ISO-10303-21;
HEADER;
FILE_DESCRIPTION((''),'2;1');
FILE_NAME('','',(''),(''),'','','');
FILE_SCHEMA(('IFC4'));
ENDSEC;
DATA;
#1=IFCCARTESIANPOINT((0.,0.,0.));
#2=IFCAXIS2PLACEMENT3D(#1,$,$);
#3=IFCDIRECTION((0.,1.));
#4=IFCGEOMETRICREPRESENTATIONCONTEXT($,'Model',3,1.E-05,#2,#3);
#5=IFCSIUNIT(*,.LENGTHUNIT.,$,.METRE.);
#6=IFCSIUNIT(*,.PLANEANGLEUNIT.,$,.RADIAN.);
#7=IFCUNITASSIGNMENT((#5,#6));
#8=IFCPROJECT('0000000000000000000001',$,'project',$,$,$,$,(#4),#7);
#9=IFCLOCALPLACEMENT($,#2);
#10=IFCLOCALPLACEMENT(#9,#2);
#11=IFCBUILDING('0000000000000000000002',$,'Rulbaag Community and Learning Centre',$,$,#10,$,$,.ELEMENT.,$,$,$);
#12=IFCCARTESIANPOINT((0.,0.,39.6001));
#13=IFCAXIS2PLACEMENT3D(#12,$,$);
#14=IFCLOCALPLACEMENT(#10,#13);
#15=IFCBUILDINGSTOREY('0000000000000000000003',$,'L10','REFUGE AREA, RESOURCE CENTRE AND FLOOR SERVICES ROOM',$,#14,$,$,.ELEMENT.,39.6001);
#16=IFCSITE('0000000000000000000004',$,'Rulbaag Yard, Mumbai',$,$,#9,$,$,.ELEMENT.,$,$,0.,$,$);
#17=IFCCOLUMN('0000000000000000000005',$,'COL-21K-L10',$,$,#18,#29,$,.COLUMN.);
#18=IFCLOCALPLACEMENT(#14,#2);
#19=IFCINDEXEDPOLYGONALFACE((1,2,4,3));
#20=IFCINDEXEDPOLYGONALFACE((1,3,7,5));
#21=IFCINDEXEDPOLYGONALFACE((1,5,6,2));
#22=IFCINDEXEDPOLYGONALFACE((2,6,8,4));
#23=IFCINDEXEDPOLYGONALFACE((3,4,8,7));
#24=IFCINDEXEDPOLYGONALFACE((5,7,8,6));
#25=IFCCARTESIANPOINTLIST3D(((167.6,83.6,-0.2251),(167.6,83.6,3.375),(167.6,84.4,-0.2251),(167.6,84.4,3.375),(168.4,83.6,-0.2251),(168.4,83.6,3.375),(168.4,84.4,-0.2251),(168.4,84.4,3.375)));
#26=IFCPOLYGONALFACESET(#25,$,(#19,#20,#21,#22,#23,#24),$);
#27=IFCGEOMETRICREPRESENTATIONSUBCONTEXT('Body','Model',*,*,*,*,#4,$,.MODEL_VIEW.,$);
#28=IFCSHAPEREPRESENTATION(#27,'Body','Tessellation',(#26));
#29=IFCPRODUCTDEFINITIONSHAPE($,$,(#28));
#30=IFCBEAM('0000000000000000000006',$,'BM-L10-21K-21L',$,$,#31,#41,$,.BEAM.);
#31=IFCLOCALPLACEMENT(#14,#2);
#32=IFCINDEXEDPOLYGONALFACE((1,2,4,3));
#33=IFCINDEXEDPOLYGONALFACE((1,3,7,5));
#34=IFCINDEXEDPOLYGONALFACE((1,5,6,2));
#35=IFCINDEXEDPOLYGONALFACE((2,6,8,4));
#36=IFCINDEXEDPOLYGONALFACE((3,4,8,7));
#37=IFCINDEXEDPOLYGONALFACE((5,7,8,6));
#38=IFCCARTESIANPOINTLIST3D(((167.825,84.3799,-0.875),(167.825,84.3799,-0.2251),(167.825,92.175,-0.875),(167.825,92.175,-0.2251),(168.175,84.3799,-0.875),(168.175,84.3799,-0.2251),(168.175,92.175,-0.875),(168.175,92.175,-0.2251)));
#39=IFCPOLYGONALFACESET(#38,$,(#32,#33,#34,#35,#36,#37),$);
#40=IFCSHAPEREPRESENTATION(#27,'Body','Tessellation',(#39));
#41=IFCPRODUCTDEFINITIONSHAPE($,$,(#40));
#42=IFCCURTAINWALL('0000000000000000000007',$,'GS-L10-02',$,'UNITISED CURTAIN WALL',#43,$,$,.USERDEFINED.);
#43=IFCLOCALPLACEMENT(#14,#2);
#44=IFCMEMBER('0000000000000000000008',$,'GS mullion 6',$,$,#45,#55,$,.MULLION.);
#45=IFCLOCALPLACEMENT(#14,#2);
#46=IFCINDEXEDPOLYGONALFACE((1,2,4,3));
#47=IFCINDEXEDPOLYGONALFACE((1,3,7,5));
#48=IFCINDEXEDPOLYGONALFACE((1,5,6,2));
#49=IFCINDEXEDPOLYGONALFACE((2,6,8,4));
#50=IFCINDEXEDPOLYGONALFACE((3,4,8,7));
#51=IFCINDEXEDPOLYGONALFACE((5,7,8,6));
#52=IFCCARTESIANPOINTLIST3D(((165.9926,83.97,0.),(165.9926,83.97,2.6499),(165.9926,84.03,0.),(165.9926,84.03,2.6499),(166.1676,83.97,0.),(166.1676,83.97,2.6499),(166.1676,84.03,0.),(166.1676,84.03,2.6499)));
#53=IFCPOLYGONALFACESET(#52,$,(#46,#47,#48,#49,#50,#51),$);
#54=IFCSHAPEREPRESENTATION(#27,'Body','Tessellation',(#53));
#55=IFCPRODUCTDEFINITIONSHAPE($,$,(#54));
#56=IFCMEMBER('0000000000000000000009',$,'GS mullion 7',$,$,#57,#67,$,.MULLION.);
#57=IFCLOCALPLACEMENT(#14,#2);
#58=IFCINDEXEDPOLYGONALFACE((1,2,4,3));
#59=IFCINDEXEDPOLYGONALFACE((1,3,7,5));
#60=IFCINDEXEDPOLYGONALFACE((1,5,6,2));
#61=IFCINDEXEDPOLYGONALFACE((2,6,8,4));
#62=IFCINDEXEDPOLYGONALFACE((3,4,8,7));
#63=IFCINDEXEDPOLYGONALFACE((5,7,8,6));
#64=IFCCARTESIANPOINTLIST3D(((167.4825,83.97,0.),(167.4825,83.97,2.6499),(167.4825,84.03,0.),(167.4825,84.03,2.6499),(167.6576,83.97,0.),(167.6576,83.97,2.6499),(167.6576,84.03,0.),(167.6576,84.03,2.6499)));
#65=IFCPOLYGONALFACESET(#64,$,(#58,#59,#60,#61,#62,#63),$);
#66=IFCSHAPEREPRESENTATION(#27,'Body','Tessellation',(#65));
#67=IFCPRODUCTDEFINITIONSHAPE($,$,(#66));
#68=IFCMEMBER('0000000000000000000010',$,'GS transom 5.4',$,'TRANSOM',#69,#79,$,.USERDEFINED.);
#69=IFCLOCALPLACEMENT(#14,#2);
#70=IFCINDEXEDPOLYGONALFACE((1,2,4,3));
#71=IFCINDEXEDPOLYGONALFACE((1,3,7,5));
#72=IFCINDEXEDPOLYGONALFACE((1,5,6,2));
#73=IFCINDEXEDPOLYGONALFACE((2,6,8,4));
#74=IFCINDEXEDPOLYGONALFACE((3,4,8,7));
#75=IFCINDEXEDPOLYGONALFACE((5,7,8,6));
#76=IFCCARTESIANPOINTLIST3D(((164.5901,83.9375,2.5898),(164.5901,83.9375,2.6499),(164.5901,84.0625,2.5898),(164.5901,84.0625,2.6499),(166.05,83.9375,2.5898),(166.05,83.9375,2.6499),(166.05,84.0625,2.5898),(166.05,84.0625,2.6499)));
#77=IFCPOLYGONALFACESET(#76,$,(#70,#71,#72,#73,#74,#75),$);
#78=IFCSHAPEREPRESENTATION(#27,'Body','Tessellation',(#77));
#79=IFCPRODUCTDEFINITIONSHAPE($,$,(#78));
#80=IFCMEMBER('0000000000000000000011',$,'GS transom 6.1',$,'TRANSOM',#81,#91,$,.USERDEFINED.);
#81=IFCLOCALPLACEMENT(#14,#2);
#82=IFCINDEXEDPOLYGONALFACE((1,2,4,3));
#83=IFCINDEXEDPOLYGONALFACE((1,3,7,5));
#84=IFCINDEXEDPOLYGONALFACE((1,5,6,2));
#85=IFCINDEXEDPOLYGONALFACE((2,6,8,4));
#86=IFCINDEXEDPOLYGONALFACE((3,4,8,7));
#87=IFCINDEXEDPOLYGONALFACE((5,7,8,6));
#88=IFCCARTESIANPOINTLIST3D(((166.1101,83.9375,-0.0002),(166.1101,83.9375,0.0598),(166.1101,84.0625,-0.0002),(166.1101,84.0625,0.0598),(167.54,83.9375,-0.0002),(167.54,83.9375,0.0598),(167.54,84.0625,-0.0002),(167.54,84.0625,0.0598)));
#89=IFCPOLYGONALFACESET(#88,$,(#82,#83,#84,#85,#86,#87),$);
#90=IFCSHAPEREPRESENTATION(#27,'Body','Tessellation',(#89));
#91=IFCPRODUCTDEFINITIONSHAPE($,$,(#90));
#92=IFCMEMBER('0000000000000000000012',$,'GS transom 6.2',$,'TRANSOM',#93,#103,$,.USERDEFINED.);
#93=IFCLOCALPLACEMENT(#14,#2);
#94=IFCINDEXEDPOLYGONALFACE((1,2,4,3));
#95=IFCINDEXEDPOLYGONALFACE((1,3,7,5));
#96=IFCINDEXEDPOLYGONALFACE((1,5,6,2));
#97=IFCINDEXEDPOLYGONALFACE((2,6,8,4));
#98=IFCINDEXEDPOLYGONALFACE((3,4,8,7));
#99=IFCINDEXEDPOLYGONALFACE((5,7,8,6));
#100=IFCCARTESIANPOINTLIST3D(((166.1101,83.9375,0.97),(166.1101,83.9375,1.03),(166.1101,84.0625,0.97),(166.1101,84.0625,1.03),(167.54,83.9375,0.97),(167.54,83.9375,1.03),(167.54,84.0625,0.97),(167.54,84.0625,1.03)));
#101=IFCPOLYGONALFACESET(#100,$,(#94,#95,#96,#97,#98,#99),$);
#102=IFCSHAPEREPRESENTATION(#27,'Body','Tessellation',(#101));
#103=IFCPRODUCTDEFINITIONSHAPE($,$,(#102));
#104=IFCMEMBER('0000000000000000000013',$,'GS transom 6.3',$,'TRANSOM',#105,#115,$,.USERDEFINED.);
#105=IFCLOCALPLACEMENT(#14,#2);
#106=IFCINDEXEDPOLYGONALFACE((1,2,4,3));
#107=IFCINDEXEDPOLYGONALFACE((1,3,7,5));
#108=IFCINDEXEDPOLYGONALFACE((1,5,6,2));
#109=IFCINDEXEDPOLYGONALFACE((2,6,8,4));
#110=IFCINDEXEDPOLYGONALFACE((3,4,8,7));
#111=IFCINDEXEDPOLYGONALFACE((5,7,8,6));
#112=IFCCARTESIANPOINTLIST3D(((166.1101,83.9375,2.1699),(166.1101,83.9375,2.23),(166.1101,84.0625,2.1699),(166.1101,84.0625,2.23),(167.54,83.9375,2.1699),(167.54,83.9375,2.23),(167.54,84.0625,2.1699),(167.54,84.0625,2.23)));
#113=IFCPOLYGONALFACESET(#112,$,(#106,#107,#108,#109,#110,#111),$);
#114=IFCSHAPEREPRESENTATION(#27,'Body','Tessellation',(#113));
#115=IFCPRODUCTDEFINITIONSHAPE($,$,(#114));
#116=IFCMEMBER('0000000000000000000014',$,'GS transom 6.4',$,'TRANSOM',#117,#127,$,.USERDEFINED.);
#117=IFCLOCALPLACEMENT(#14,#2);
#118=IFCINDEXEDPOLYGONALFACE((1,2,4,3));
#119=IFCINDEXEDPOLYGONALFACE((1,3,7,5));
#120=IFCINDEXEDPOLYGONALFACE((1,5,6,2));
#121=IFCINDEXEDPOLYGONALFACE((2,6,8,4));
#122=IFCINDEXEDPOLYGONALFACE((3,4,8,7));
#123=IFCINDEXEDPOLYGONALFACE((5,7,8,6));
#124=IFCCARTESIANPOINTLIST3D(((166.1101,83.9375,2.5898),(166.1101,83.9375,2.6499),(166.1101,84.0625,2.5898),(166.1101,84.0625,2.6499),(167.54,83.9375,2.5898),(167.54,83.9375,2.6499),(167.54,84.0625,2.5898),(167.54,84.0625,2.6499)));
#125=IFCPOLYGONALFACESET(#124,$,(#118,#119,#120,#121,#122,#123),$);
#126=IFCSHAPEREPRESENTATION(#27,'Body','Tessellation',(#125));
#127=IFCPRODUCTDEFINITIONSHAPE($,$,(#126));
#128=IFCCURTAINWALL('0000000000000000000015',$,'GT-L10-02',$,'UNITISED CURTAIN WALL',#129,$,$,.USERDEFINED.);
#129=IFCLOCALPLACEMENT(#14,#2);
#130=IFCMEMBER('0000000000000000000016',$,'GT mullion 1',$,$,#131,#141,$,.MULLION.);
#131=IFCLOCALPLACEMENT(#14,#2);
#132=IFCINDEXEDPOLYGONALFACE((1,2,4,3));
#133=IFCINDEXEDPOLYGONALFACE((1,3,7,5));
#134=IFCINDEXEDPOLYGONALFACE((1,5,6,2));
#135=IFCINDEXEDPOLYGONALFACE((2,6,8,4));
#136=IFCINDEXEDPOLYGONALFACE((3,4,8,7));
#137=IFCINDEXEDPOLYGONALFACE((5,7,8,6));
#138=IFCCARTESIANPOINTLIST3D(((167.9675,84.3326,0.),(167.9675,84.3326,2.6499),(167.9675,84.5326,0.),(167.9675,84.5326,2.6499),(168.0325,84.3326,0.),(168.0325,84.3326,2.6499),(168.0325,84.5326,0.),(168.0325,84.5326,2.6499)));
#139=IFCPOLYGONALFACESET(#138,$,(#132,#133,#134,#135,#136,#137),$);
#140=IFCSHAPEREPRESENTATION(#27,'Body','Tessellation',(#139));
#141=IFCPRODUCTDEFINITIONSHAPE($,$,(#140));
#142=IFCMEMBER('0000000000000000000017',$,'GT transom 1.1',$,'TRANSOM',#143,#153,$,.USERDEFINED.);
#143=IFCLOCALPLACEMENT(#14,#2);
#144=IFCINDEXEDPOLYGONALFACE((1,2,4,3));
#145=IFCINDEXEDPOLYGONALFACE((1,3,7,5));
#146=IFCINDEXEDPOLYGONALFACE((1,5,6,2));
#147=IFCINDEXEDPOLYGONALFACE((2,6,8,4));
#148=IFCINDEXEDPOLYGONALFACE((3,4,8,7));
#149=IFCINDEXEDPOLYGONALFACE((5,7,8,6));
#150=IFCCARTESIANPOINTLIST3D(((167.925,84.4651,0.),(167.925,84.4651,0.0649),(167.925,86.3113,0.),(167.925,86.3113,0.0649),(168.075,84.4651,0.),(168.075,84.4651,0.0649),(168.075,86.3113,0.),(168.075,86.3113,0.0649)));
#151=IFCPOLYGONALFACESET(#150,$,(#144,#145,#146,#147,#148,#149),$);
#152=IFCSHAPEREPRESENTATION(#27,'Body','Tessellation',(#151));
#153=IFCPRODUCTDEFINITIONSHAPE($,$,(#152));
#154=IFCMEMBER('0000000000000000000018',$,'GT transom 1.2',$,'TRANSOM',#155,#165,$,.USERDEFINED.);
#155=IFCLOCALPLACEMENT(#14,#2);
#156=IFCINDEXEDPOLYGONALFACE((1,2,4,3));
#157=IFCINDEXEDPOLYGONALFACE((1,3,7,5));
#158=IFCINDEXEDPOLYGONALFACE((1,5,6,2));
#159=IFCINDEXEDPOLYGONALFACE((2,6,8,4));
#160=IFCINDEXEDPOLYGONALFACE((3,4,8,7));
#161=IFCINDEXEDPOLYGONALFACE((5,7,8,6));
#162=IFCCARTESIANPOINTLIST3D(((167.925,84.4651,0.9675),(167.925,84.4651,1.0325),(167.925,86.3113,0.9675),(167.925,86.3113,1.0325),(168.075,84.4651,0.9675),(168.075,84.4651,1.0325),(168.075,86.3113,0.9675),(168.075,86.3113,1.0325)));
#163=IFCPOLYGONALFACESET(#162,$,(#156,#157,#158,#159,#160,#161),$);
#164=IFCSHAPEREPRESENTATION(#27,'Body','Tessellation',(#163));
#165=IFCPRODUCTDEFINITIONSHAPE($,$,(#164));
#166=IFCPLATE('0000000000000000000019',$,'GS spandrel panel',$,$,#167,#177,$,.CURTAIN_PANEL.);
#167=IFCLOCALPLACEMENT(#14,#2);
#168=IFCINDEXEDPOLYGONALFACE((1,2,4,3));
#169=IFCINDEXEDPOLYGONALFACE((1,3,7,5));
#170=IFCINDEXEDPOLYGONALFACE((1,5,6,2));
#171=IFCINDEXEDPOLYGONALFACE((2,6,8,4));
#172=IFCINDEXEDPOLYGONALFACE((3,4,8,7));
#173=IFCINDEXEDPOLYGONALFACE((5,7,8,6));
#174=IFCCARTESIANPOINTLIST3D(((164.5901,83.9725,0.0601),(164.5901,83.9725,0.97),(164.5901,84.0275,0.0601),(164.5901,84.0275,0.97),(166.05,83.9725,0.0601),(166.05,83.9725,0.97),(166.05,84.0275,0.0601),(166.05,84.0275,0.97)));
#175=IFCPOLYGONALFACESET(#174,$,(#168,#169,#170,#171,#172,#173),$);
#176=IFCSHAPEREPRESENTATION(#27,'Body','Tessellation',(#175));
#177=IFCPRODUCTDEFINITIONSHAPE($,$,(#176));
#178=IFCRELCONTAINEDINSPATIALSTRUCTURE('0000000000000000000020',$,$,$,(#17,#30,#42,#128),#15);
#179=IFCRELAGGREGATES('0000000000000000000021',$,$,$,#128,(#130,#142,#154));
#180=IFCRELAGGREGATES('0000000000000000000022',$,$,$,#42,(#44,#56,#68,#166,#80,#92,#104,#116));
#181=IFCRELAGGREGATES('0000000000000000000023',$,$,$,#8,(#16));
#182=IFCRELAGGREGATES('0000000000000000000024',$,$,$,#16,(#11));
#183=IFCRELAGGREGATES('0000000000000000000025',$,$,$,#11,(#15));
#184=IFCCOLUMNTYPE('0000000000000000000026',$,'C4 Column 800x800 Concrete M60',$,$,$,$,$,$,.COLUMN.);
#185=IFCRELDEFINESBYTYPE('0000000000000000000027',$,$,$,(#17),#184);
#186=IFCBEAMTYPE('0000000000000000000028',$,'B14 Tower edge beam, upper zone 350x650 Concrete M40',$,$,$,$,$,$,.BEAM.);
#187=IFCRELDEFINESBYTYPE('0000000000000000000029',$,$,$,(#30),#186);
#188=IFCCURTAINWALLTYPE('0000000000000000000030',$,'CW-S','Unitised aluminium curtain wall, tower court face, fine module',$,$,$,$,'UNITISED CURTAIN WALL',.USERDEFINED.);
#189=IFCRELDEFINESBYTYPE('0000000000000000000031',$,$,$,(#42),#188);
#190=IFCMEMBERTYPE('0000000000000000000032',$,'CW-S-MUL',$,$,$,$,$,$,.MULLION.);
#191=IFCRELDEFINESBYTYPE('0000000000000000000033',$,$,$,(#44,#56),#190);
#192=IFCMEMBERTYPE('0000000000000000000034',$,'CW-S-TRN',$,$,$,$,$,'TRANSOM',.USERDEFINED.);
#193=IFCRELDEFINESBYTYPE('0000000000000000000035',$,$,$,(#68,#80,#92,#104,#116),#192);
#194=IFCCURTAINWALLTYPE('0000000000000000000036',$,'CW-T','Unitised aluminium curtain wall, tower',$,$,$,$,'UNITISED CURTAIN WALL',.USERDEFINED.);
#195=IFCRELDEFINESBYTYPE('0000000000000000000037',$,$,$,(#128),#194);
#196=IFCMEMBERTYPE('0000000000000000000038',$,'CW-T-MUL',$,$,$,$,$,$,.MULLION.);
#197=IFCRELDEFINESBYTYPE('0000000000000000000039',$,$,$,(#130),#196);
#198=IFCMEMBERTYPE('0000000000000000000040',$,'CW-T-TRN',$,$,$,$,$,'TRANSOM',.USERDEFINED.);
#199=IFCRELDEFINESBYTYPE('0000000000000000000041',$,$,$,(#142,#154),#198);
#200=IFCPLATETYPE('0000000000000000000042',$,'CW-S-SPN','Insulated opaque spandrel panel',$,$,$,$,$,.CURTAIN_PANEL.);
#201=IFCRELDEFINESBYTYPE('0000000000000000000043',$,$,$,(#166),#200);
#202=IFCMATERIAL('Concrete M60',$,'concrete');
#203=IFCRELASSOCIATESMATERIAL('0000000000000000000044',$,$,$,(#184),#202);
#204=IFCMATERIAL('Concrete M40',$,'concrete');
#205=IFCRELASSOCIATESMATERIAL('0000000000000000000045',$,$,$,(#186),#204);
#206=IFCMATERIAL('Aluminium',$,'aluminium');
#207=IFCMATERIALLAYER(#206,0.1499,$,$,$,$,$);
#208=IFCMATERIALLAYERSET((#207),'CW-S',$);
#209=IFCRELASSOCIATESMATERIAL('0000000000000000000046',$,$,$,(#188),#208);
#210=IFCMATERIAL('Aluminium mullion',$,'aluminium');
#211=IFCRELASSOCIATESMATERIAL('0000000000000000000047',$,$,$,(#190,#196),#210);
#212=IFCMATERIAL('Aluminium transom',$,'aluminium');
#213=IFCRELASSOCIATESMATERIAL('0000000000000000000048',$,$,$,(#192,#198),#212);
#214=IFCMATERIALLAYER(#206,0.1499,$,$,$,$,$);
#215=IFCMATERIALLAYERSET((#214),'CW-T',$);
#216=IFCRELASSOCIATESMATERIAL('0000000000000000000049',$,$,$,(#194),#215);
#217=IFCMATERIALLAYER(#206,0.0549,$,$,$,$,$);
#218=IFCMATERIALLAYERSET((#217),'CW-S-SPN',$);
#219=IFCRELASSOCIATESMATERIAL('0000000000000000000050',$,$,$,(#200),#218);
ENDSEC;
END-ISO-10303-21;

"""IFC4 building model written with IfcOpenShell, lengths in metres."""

from ifc_helpers import new_model, si_unit, direction, frame, origin, origin_2d, place, context, subcontext, project, spatial, rectangle, extrude, material, layer, layer_set, material_profile, profile_set, type_object, element, aggregate, save


model = new_model("IFC4")

# Units and contexts
model_context = context("Model", 3, precision=1e-05, world=origin(), true_north=direction((0.0, 1.0)))
body_context = subcontext(model_context, "Body", "Model", "MODEL_VIEW")
ifc_project = project(units=[si_unit("LENGTHUNIT", "METRE"), si_unit("PLANEANGLEUNIT", "RADIAN")], contexts=[model_context])

# Site, building, storey
site_placement = place(None, origin())
site = spatial("IfcSite", under=ifc_project, at=site_placement, Name="Rulbaag Yard, Mumbai", CompositionType="ELEMENT", RefElevation=0.0)
building_placement = place(site_placement, origin())
building = spatial("IfcBuilding", under=site, at=building_placement, Name="Rulbaag Community and Learning Centre", CompositionType="ELEMENT")
storey_placement = place(building_placement, frame((0.0, 0.0, 39.6001)))
storey = spatial("IfcBuildingStorey", under=building, at=storey_placement, Name="L10", Description="REFUGE AREA, RESOURCE CENTRE AND FLOOR SERVICES ROOM", CompositionType="ELEMENT", Elevation=39.6001)

# Column
ifc_material_1 = material(Name="Concrete M60", Category="concrete")
ifc_material_profile_1 = material_profile(ifc_material_1, rectangle(XDim=0.8, YDim=0.8, at=origin_2d()), Name="RC800x800")
ifc_profile_set_1 = profile_set([ifc_material_profile_1], Name="Concrete M60")
column_type = type_object("IfcColumnType", Name="C4 Column 800x800 Concrete M60", PredefinedType="COLUMN", material=ifc_profile_set_1)
column_placement = place(storey_placement, frame((168.0, 84.0, -0.2251), z_axis=(0.0, 0.0, 1.0), x_axis=(1.0, 0.0, 0.0)))
element("IfcColumn", 1, at=column_placement, inside=storey, type_object=column_type, Name="COL-21K-L10", PredefinedType="COLUMN", context=body_context, shape_type="SweptSolid", body=[
    extrude(rectangle(XDim=0.8, YDim=0.8, at=origin_2d()), origin(), (0.0, 0.0, 1.0), 3.6001),
])

# Beam
ifc_material_2 = material(Name="Concrete M40", Category="concrete")
ifc_material_profile_2 = material_profile(ifc_material_2, rectangle(XDim=0.3501, YDim=0.6499, at=origin_2d()), Name="RB350x650")
ifc_profile_set_2 = profile_set([ifc_material_profile_2], Name="Concrete M40")
beam_type = type_object("IfcBeamType", Name="B14 Tower edge beam, upper zone 350x650 Concrete M40", PredefinedType="BEAM", material=ifc_profile_set_2)
beam_placement = place(storey_placement, frame((168.0, 84.3799, -0.55), z_axis=(0.0, 1.0, 0.0), x_axis=(-1.0, 0.0, 0.0)))
element("IfcBeam", 2, at=beam_placement, inside=storey, type_object=beam_type, Name="BM-L10-21K-21L", PredefinedType="BEAM", context=body_context, shape_type="SweptSolid", body=[
    extrude(rectangle(XDim=0.3501, YDim=0.6499, at=origin_2d()), origin(), (0.0, 0.0, 1.0), 7.7952),
])

# Curtain walls, members
ifc_material_3 = material(Name="Aluminium", Category="aluminium")
ifc_layer_1 = layer(ifc_material_3, 0.1499)
ifc_layer_set_1 = layer_set([ifc_layer_1], Name="CW-S")
curtain_wall_type_1 = type_object("IfcCurtainWallType", Name="CW-S", Description="Unitised aluminium curtain wall, tower court face, fine module", ElementType="UNITISED CURTAIN WALL", PredefinedType="USERDEFINED", material=ifc_layer_set_1)
curtain_wall_1_placement = place(storey_placement, origin())
curtain_wall_1 = element("IfcCurtainWall", 3, at=curtain_wall_1_placement, inside=storey, type_object=curtain_wall_type_1, Name="GS-L10-02", ObjectType="UNITISED CURTAIN WALL", PredefinedType="USERDEFINED")
ifc_material_4 = material(Name="Aluminium mullion", Category="aluminium")
ifc_material_profile_3 = material_profile(ifc_material_4, rectangle(XDim=0.0601, YDim=0.175, at=origin_2d()), Name="AL 60x175")
ifc_profile_set_3 = profile_set([ifc_material_profile_3], Name="Aluminium mullion")
member_type_1 = type_object("IfcMemberType", Name="CW-S-MUL", PredefinedType="MULLION", material=ifc_profile_set_3)
member_1_placement = place(storey_placement, frame((166.0801, 84.0, 0.0), z_axis=(0.0, 0.0, 1.0), x_axis=(0.0, 1.0, 0.0)))
member_1 = element("IfcMember", 4, at=member_1_placement, type_object=member_type_1, Name="GS mullion 6", PredefinedType="MULLION", context=body_context, shape_type="SweptSolid", body=[
    extrude(rectangle(XDim=0.0601, YDim=0.175, at=origin_2d()), origin(), (0.0, 0.0, 1.0), 2.6499),
])
member_2_placement = place(storey_placement, frame((167.5701, 84.0, 0.0), z_axis=(0.0, 0.0, 1.0), x_axis=(0.0, 1.0, 0.0)))
member_2 = element("IfcMember", 5, at=member_2_placement, type_object=member_type_1, Name="GS mullion 7", PredefinedType="MULLION", context=body_context, shape_type="SweptSolid", body=[
    extrude(rectangle(XDim=0.0601, YDim=0.175, at=origin_2d()), origin(), (0.0, 0.0, 1.0), 2.6499),
])
ifc_material_5 = material(Name="Aluminium transom", Category="aluminium")
ifc_material_profile_4 = material_profile(ifc_material_5, rectangle(XDim=0.125, YDim=0.0601, at=origin_2d()), Name="AL 60x125 T")
ifc_profile_set_4 = profile_set([ifc_material_profile_4], Name="Aluminium transom")
member_type_2 = type_object("IfcMemberType", Name="CW-S-TRN", ElementType="TRANSOM", PredefinedType="USERDEFINED", material=ifc_profile_set_4)
member_3_placement = place(storey_placement, frame((164.5901, 84.0, 2.6199), z_axis=(1.0, 0.0, 0.0), x_axis=(0.0, 1.0, 0.0)))
member_3 = element("IfcMember", 6, at=member_3_placement, type_object=member_type_2, Name="GS transom 5.4", ObjectType="TRANSOM", PredefinedType="USERDEFINED", context=body_context, shape_type="SweptSolid", body=[
    extrude(rectangle(XDim=0.125, YDim=0.0601, at=origin_2d()), origin(), (0.0, 0.0, 1.0), 1.46),
])
member_4_placement = place(storey_placement, frame((166.1101, 84.0, 0.0298), z_axis=(1.0, 0.0, 0.0), x_axis=(0.0, 1.0, 0.0)))
member_4 = element("IfcMember", 7, at=member_4_placement, type_object=member_type_2, Name="GS transom 6.1", ObjectType="TRANSOM", PredefinedType="USERDEFINED", context=body_context, shape_type="SweptSolid", body=[
    extrude(rectangle(XDim=0.125, YDim=0.0601, at=origin_2d()), origin(), (0.0, 0.0, 1.0), 1.4299),
])
member_5_placement = place(storey_placement, frame((166.1101, 84.0, 1.0), z_axis=(1.0, 0.0, 0.0), x_axis=(0.0, 1.0, 0.0)))
member_5 = element("IfcMember", 8, at=member_5_placement, type_object=member_type_2, Name="GS transom 6.2", ObjectType="TRANSOM", PredefinedType="USERDEFINED", context=body_context, shape_type="SweptSolid", body=[
    extrude(rectangle(XDim=0.125, YDim=0.0601, at=origin_2d()), origin(), (0.0, 0.0, 1.0), 1.4299),
])
member_6_placement = place(storey_placement, frame((166.1101, 84.0, 2.2), z_axis=(1.0, 0.0, 0.0), x_axis=(0.0, 1.0, 0.0)))
member_6 = element("IfcMember", 9, at=member_6_placement, type_object=member_type_2, Name="GS transom 6.3", ObjectType="TRANSOM", PredefinedType="USERDEFINED", context=body_context, shape_type="SweptSolid", body=[
    extrude(rectangle(XDim=0.125, YDim=0.0601, at=origin_2d()), origin(), (0.0, 0.0, 1.0), 1.4299),
])
member_7_placement = place(storey_placement, frame((166.1101, 84.0, 2.6199), z_axis=(1.0, 0.0, 0.0), x_axis=(0.0, 1.0, 0.0)))
member_7 = element("IfcMember", 10, at=member_7_placement, type_object=member_type_2, Name="GS transom 6.4", ObjectType="TRANSOM", PredefinedType="USERDEFINED", context=body_context, shape_type="SweptSolid", body=[
    extrude(rectangle(XDim=0.125, YDim=0.0601, at=origin_2d()), origin(), (0.0, 0.0, 1.0), 1.4299),
])
ifc_layer_2 = layer(ifc_material_3, 0.1499)
ifc_layer_set_2 = layer_set([ifc_layer_2], Name="CW-T")
curtain_wall_type_2 = type_object("IfcCurtainWallType", Name="CW-T", Description="Unitised aluminium curtain wall, tower", ElementType="UNITISED CURTAIN WALL", PredefinedType="USERDEFINED", material=ifc_layer_set_2)
curtain_wall_2_placement = place(storey_placement, origin())
curtain_wall_2 = element("IfcCurtainWall", 11, at=curtain_wall_2_placement, inside=storey, type_object=curtain_wall_type_2, Name="GT-L10-02", ObjectType="UNITISED CURTAIN WALL", PredefinedType="USERDEFINED")
ifc_material_profile_5 = material_profile(ifc_material_4, rectangle(XDim=0.0649, YDim=0.2, at=origin_2d()), Name="AL 65x200")
ifc_profile_set_5 = profile_set([ifc_material_profile_5], Name="Aluminium mullion")
member_type_3 = type_object("IfcMemberType", Name="CW-T-MUL", PredefinedType="MULLION", material=ifc_profile_set_5)
member_8_placement = place(storey_placement, frame((168.0, 84.4326, 0.0), z_axis=(0.0, 0.0, 1.0), x_axis=(-1.0, 0.0, 0.0)))
member_8 = element("IfcMember", 12, at=member_8_placement, type_object=member_type_3, Name="GT mullion 1", PredefinedType="MULLION", context=body_context, shape_type="SweptSolid", body=[
    extrude(rectangle(XDim=0.0649, YDim=0.2, at=origin_2d()), origin(), (0.0, 0.0, 1.0), 2.6499),
])
ifc_material_profile_6 = material_profile(ifc_material_5, rectangle(XDim=0.1499, YDim=0.0649, at=origin_2d()), Name="AL 65x150 T")
ifc_profile_set_6 = profile_set([ifc_material_profile_6], Name="Aluminium transom")
member_type_4 = type_object("IfcMemberType", Name="CW-T-TRN", ElementType="TRANSOM", PredefinedType="USERDEFINED", material=ifc_profile_set_6)
member_9_placement = place(storey_placement, frame((168.0, 84.4651, 0.0325), z_axis=(0.0, 1.0, 0.0), x_axis=(-1.0, 0.0, 0.0)))
member_9 = element("IfcMember", 13, at=member_9_placement, type_object=member_type_4, Name="GT transom 1.1", ObjectType="TRANSOM", PredefinedType="USERDEFINED", context=body_context, shape_type="SweptSolid", body=[
    extrude(rectangle(XDim=0.1499, YDim=0.0649, at=origin_2d()), origin(), (0.0, 0.0, 1.0), 1.8462),
])
member_10_placement = place(storey_placement, frame((168.0, 84.4651, 1.0), z_axis=(0.0, 1.0, 0.0), x_axis=(-1.0, 0.0, 0.0)))
member_10 = element("IfcMember", 14, at=member_10_placement, type_object=member_type_4, Name="GT transom 1.2", ObjectType="TRANSOM", PredefinedType="USERDEFINED", context=body_context, shape_type="SweptSolid", body=[
    extrude(rectangle(XDim=0.1499, YDim=0.0649, at=origin_2d()), origin(), (0.0, 0.0, 1.0), 1.8462),
])
aggregate(curtain_wall_2, [member_8, member_9, member_10])

# Plate
ifc_layer_3 = layer(ifc_material_3, 0.0549)
ifc_layer_set_3 = layer_set([ifc_layer_3], Name="CW-S-SPN")
plate_type_1 = type_object("IfcPlateType", Name="CW-S-SPN", Description="Insulated opaque spandrel panel", PredefinedType="CURTAIN_PANEL", material=ifc_layer_set_3)
plate_1_placement = place(storey_placement, frame((165.3201, 84.0, 0.0601), z_axis=(0.0, 0.0, 1.0), x_axis=(1.0, 0.0, 0.0)))
plate_1 = element("IfcPlate", 15, at=plate_1_placement, type_object=plate_type_1, Name="GS spandrel panel", PredefinedType="CURTAIN_PANEL", context=body_context, shape_type="SweptSolid", body=[
    extrude(rectangle(XDim=1.46, YDim=0.0549, at=origin_2d()), origin(), (0.0, 0.0, 1.0), 0.9099),
])
aggregate(curtain_wall_1, [member_1, member_2, member_3, plate_1, member_4, member_5, member_6, member_7])

save(model, "model.ifc")
